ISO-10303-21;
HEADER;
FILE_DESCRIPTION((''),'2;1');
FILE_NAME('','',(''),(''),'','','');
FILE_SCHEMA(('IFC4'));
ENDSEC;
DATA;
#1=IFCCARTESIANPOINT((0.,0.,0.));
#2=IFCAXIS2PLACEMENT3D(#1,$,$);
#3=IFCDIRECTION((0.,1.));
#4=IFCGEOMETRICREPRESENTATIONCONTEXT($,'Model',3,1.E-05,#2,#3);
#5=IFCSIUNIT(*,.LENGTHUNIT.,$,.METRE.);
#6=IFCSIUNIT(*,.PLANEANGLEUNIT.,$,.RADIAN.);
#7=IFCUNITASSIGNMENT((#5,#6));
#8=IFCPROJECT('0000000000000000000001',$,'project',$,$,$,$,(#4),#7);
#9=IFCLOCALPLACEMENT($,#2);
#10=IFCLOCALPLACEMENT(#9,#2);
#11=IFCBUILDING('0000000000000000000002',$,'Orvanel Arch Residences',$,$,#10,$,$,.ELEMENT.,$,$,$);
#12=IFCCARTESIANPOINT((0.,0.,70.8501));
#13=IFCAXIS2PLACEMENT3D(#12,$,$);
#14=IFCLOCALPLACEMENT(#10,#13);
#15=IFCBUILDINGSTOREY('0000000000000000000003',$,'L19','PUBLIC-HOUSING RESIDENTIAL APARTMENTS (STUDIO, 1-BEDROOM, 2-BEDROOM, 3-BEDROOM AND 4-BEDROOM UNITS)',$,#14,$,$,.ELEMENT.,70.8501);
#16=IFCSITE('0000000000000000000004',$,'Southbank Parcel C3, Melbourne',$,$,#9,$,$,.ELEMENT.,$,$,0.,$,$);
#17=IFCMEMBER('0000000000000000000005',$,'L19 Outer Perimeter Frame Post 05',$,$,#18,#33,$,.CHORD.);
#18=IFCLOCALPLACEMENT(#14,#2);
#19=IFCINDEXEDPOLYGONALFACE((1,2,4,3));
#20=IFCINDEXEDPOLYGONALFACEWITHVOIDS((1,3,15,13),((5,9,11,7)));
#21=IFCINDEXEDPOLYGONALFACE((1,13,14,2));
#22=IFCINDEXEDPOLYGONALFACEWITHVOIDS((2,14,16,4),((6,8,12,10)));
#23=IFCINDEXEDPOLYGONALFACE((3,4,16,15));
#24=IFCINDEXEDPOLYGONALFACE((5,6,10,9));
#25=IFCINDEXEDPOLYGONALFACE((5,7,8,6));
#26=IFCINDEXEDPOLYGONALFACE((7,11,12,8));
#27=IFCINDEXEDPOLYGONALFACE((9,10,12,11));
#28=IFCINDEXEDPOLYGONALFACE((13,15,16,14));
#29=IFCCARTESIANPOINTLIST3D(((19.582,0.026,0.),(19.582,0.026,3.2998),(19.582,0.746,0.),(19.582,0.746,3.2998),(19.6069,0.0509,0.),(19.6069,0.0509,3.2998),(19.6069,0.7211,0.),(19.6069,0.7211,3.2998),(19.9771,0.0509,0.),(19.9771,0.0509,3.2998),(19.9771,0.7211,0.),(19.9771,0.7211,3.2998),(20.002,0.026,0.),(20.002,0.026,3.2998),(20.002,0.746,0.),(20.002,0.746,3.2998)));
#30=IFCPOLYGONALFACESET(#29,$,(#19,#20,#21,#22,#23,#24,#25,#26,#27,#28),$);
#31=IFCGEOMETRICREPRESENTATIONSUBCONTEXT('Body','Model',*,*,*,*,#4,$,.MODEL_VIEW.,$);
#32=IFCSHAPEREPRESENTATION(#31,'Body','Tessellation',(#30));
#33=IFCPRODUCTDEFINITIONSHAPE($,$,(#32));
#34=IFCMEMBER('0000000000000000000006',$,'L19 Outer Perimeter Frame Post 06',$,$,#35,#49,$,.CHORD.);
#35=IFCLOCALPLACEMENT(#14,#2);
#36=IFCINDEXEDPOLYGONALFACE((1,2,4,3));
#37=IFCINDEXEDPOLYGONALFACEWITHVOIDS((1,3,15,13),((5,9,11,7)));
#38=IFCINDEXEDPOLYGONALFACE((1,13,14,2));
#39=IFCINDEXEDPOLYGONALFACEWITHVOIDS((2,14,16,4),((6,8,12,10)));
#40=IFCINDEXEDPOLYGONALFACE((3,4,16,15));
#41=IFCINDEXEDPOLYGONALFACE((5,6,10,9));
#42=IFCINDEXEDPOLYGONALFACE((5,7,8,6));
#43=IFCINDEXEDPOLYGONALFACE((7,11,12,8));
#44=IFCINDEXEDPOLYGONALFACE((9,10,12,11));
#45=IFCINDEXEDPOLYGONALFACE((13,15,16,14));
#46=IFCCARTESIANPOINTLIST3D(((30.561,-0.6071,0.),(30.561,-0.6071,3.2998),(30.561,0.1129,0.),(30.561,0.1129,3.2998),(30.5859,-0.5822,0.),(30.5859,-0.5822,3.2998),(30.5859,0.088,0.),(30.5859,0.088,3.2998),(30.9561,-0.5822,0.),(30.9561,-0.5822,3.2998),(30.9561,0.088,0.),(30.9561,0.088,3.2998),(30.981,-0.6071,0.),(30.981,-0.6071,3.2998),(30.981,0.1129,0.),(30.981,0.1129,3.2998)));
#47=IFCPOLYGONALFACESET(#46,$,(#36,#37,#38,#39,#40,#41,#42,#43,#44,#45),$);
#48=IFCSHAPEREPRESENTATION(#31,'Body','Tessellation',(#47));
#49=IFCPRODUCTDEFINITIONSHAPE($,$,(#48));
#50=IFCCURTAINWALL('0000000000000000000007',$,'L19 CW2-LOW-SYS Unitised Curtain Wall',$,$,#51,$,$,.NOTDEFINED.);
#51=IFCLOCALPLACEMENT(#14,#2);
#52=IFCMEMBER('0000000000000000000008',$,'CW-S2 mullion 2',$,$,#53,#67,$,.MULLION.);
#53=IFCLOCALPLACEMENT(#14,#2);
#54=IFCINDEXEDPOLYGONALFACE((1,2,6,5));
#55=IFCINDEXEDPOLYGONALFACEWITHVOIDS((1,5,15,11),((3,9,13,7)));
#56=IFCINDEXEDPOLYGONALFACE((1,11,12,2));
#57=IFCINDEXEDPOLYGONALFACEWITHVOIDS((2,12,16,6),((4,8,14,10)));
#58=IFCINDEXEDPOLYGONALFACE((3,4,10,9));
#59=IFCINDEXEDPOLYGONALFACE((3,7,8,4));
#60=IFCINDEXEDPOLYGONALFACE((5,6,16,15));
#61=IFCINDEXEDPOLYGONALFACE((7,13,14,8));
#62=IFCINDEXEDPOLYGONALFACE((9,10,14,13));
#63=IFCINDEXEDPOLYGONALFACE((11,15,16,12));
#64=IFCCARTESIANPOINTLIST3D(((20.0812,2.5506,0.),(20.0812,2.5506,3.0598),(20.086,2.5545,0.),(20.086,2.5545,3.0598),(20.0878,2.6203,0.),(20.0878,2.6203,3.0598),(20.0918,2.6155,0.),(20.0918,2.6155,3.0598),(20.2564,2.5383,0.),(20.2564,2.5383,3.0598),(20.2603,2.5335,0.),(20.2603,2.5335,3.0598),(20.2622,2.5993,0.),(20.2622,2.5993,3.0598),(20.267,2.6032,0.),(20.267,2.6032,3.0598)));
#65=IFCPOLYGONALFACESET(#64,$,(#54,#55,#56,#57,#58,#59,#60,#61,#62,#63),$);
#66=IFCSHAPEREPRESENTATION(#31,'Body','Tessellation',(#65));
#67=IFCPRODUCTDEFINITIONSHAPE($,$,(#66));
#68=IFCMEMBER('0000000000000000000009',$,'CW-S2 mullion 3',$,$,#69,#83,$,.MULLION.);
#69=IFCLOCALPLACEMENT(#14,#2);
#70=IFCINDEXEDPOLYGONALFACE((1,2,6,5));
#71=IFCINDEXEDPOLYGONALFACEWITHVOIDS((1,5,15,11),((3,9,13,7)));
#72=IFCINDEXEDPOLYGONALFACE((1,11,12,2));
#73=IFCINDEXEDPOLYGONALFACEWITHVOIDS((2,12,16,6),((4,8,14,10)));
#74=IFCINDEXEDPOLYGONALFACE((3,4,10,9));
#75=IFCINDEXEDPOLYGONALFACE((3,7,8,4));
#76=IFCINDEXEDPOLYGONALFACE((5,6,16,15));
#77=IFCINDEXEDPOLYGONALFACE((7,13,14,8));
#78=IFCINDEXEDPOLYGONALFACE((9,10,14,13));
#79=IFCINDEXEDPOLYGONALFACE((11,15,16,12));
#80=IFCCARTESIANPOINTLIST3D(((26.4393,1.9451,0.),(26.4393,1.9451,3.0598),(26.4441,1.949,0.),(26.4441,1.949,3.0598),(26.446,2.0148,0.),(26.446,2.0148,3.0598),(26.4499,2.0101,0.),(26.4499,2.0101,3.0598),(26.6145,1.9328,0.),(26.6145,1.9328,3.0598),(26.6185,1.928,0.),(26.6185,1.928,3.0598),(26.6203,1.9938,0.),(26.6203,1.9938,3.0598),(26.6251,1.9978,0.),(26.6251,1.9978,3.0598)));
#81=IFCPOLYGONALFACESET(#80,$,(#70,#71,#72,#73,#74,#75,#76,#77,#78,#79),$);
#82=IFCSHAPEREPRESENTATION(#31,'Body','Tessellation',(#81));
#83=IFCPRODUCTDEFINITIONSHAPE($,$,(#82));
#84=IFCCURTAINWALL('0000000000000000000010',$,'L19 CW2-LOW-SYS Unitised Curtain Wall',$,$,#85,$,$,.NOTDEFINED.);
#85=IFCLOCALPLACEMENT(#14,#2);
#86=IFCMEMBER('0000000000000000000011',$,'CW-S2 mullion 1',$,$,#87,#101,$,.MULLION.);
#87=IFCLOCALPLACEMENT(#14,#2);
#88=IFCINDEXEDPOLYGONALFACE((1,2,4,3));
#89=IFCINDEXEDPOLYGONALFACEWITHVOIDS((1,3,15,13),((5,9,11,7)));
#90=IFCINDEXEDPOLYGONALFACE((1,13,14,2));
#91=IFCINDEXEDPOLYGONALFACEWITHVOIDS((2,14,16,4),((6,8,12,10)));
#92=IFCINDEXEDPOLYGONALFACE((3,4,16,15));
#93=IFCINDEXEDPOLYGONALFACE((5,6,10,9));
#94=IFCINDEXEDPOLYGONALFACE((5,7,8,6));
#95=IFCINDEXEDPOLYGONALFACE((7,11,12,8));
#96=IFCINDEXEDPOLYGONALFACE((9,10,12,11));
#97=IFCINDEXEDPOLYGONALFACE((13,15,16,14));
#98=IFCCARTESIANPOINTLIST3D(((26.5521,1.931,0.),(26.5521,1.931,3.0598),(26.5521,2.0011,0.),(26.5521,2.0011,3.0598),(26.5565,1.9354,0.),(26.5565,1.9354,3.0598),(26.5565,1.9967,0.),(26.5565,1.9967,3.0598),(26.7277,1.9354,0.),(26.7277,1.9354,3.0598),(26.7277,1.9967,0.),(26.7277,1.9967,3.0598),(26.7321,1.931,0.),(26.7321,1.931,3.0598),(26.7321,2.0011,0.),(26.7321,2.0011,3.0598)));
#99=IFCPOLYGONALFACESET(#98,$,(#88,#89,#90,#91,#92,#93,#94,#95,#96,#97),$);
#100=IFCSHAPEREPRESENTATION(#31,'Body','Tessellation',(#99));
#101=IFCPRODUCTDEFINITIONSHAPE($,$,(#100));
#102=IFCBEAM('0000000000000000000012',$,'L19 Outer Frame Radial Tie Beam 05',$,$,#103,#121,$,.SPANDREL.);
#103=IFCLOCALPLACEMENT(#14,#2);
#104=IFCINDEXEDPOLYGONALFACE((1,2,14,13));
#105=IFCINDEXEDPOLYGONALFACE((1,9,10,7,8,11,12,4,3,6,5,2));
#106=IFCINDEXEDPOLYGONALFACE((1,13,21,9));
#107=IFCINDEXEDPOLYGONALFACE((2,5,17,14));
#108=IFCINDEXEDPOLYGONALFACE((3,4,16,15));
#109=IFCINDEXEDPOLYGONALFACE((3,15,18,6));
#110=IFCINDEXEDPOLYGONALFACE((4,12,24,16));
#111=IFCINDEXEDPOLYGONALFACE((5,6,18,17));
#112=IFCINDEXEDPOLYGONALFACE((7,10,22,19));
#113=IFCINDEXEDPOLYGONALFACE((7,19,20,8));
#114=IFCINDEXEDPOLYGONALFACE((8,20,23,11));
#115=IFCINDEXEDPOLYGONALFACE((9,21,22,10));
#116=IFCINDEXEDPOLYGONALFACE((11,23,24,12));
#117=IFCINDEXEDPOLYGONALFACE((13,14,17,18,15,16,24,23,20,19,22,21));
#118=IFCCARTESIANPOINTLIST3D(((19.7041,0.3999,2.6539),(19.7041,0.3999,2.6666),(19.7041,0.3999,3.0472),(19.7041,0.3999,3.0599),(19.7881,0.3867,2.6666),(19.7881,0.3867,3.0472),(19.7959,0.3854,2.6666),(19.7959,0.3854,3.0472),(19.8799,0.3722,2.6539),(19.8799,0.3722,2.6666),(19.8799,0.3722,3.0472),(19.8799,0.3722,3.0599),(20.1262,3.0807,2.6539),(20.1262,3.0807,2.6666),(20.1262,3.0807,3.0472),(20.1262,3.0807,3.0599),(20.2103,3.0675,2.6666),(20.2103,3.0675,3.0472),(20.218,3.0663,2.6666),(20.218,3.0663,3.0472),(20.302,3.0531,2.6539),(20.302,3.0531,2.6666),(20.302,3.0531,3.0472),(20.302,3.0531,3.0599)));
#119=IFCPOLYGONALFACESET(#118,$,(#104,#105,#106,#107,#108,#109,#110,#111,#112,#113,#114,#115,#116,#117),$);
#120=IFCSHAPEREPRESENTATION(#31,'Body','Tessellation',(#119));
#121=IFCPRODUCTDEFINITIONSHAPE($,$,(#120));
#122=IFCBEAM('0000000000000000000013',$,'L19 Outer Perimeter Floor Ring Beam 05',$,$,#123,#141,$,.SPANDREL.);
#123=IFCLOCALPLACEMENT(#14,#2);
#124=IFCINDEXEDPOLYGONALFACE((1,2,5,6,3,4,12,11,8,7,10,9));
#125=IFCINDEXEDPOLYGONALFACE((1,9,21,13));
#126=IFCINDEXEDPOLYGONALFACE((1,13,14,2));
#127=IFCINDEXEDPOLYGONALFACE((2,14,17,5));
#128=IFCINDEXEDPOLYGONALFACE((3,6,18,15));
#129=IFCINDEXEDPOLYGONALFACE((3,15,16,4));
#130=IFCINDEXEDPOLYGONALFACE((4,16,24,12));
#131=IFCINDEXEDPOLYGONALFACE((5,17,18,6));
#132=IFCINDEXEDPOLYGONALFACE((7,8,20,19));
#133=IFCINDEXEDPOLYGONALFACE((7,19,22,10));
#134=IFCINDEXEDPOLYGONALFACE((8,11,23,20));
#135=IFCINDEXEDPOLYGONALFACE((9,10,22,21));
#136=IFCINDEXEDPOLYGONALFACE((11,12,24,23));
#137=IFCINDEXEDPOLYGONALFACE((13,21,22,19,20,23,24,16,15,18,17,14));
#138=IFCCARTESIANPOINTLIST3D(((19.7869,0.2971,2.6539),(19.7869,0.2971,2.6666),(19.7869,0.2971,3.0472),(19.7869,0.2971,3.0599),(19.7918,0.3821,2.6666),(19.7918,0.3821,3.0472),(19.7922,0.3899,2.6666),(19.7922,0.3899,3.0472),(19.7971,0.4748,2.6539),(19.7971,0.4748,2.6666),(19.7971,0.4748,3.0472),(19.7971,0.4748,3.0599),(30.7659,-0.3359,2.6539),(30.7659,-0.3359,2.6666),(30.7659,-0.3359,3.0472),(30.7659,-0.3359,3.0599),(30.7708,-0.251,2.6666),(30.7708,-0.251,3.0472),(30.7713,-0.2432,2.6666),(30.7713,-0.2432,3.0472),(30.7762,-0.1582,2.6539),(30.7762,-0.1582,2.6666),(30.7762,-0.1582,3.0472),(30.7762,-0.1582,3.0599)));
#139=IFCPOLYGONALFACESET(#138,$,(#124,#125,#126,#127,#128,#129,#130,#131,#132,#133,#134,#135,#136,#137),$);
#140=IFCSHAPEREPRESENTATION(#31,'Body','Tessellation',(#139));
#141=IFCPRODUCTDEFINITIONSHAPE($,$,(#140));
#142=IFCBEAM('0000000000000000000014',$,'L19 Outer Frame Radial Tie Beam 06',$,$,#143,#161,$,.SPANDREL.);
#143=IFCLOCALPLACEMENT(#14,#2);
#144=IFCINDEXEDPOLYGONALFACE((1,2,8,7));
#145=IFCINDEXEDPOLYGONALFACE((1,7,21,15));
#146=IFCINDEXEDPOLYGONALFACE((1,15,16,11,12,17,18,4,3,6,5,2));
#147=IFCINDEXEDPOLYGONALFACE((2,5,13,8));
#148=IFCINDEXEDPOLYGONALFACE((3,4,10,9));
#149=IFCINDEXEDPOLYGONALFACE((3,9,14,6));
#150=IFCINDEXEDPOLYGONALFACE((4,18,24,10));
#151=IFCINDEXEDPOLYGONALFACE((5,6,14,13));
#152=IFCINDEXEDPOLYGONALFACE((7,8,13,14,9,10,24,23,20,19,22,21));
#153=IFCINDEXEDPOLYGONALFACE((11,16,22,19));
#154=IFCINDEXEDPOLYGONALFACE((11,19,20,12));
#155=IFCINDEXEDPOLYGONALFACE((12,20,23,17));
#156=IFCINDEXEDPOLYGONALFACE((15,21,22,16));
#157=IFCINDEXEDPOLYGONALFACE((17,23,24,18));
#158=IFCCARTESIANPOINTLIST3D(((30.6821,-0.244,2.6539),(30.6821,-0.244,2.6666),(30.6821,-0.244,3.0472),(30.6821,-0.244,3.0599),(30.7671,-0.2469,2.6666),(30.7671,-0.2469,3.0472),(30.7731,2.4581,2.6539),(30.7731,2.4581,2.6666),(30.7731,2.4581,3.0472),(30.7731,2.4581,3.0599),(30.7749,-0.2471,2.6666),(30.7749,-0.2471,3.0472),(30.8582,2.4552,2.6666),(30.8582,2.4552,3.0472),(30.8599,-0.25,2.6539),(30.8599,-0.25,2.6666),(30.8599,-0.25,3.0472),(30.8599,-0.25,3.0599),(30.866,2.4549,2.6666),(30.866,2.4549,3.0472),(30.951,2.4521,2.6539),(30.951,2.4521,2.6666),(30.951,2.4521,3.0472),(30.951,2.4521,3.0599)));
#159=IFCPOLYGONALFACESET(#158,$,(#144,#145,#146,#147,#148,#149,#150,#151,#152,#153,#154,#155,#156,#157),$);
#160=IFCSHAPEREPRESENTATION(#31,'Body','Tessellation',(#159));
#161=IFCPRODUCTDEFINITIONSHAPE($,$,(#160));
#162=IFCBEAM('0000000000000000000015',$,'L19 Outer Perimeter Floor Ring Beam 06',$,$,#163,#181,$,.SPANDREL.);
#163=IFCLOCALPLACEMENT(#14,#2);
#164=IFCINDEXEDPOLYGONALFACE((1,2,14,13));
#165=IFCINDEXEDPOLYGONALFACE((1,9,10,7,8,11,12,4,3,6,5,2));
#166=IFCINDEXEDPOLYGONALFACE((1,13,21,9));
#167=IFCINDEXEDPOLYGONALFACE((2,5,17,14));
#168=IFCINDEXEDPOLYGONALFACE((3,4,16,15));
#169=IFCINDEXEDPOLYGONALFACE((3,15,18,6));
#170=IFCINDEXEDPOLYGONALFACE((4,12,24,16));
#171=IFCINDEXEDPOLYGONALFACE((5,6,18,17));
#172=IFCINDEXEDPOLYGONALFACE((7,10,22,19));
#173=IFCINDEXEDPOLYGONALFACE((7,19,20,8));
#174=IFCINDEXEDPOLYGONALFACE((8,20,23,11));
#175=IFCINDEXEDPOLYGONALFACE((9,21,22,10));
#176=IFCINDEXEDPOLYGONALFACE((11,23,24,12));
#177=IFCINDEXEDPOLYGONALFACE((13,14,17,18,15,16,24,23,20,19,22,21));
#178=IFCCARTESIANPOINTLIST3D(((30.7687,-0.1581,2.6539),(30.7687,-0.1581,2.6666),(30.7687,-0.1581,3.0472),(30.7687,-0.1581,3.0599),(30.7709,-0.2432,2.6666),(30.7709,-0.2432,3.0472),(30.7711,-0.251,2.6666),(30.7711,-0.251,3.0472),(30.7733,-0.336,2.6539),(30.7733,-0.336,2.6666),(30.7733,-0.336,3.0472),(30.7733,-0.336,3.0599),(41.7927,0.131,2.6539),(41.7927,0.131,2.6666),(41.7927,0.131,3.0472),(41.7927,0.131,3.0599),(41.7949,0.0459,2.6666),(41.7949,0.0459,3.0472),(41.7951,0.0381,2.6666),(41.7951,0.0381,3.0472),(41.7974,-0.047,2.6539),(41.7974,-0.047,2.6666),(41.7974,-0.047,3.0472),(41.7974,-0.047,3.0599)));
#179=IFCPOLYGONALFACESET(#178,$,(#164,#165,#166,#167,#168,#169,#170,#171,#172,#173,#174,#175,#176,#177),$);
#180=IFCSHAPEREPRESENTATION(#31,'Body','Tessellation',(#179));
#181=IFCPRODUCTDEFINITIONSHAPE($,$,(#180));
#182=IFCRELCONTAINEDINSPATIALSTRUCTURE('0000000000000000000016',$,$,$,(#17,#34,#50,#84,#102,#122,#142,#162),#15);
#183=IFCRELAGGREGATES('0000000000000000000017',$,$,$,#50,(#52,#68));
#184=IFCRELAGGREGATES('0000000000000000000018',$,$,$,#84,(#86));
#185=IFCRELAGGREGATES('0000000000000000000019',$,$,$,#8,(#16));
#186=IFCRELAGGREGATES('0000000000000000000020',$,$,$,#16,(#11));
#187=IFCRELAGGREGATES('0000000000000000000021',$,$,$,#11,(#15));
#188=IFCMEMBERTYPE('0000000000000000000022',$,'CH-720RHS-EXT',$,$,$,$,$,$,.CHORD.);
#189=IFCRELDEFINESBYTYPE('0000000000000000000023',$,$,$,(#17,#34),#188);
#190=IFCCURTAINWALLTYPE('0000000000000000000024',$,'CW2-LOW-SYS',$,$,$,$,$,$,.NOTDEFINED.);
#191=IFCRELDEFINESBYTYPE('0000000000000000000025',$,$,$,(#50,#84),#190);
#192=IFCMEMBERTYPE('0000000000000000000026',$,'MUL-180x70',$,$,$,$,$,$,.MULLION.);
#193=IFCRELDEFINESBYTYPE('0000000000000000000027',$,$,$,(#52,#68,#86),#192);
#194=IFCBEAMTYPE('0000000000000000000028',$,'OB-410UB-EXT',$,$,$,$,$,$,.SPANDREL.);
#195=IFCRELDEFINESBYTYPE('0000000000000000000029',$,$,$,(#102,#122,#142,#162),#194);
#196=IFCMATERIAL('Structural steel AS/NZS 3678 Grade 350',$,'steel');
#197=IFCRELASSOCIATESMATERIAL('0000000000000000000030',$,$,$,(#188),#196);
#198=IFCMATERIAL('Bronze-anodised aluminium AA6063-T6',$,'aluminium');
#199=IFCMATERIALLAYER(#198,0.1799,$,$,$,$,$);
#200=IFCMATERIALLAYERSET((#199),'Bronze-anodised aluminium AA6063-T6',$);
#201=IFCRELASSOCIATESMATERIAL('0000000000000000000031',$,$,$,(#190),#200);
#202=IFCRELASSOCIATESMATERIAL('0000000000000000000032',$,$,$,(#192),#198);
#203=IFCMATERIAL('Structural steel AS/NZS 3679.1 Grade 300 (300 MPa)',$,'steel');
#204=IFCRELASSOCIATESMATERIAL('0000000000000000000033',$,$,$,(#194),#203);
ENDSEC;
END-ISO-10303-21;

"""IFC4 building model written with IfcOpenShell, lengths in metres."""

from ifc_helpers import new_model, si_unit, direction, frame, origin, origin_2d, place, context, subcontext, project, spatial, hollow_rectangle, i_section, extrude, material, layer, layer_set, material_profile, profile_set, type_object, element, aggregate, save


model = new_model("IFC4")

# Units and contexts
model_context = context("Model", 3, precision=1e-05, world=origin(), true_north=direction((0.0, 1.0)))
body_context = subcontext(model_context, "Body", "Model", "MODEL_VIEW")
ifc_project = project(units=[si_unit("LENGTHUNIT", "METRE"), si_unit("PLANEANGLEUNIT", "RADIAN")], contexts=[model_context])

# Site, building, storey
site_placement = place(None, origin())
site = spatial("IfcSite", under=ifc_project, at=site_placement, Name="Southbank Parcel C3, Melbourne", CompositionType="ELEMENT", RefElevation=0.0)
building_placement = place(site_placement, origin())
building = spatial("IfcBuilding", under=site, at=building_placement, Name="Orvanel Arch Residences", CompositionType="ELEMENT")
storey_placement = place(building_placement, frame((0.0, 0.0, 70.8501)))
storey = spatial("IfcBuildingStorey", under=building, at=storey_placement, Name="L19", Description="PUBLIC-HOUSING RESIDENTIAL APARTMENTS (STUDIO, 1-BEDROOM, 2-BEDROOM, 3-BEDROOM AND 4-BEDROOM UNITS)", CompositionType="ELEMENT", Elevation=70.8501)

# Members
ifc_material_1 = material(Name="Structural steel AS/NZS 3678 Grade 350", Category="steel")
ifc_material_profile_1 = material_profile(ifc_material_1, hollow_rectangle(XDim=0.4199, YDim=0.72, WallThickness=0.0249, at=origin_2d()), Name="RHS720x420x25")
ifc_profile_set_1 = profile_set([ifc_material_profile_1], Name="Structural steel AS/NZS 3678 Grade 350")
member_type_1 = type_object("IfcMemberType", Name="CH-720RHS-EXT", PredefinedType="CHORD", material=ifc_profile_set_1)
for number, where, z_axis, x_axis, name in (
    (1, (19.792, 0.386, 0.0), (0.0, 0.0, 1.0), (1.0, 0.0, 0.0), "L19 Outer Perimeter Frame Post 05"),
    (2, (30.771, -0.2471, 0.0), (0.0, 0.0, 1.0), (1.0, 0.0, 0.0), "L19 Outer Perimeter Frame Post 06"),
):
    element("IfcMember", number, at=place(storey_placement, frame(where, z_axis=z_axis, x_axis=x_axis)), inside=storey, type_object=member_type_1, Name=name, PredefinedType="CHORD", context=body_context, shape_type="SweptSolid", body=[
        extrude(hollow_rectangle(XDim=0.4199, YDim=0.72, WallThickness=0.0249, at=origin_2d()), origin(), (0.0, 0.0, 1.0), 3.2998),
    ])

# Curtain wall, members
ifc_material_2 = material(Name="Bronze-anodised aluminium AA6063-T6", Category="aluminium")
ifc_layer_1 = layer(ifc_material_2, 0.1799)
ifc_layer_set_1 = layer_set([ifc_layer_1], Name="Bronze-anodised aluminium AA6063-T6")
curtain_wall_type = type_object("IfcCurtainWallType", Name="CW2-LOW-SYS", PredefinedType="NOTDEFINED", material=ifc_layer_set_1)
curtain_wall_1_placement = place(storey_placement, origin())
curtain_wall_1 = element("IfcCurtainWall", 3, at=curtain_wall_1_placement, inside=storey, type_object=curtain_wall_type, Name="L19 CW2-LOW-SYS Unitised Curtain Wall", PredefinedType="NOTDEFINED")
ifc_material_profile_2 = material_profile(ifc_material_2, hollow_rectangle(XDim=0.0701, YDim=0.1799, WallThickness=0.0044, at=origin_2d()), Name="ALU180x70x4.5")
ifc_profile_set_2 = profile_set([ifc_material_profile_2], Name="Bronze-anodised aluminium AA6063-T6")
member_type_2 = type_object("IfcMemberType", Name="MUL-180x70", PredefinedType="MULLION", material=ifc_profile_set_2)
member_1_placement = place(storey_placement, frame((20.1741, 2.5769, 0.0), z_axis=(0.0, 0.0, 1.0), x_axis=(0.094831, 0.995493, 0.0)))
member_1 = element("IfcMember", 4, at=member_1_placement, type_object=member_type_2, Name="CW-S2 mullion 2", PredefinedType="MULLION", context=body_context, shape_type="SweptSolid", body=[
    extrude(hollow_rectangle(XDim=0.0701, YDim=0.1799, WallThickness=0.0044, at=origin_2d()), origin(), (0.0, 0.0, 1.0), 3.0598),
])
member_2_placement = place(storey_placement, frame((26.5322, 1.9714, 0.0), z_axis=(0.0, 0.0, 1.0), x_axis=(0.094831, 0.995493, 0.0)))
member_2 = element("IfcMember", 5, at=member_2_placement, type_object=member_type_2, Name="CW-S2 mullion 3", PredefinedType="MULLION", context=body_context, shape_type="SweptSolid", body=[
    extrude(hollow_rectangle(XDim=0.0701, YDim=0.1799, WallThickness=0.0044, at=origin_2d()), origin(), (0.0, 0.0, 1.0), 3.0598),
])

# Curtain wall, member
curtain_wall_2_placement = place(storey_placement, origin())
curtain_wall_2 = element("IfcCurtainWall", 6, at=curtain_wall_2_placement, inside=storey, type_object=curtain_wall_type, Name="L19 CW2-LOW-SYS Unitised Curtain Wall", PredefinedType="NOTDEFINED")
member_3_placement = place(storey_placement, frame((26.6421, 1.9661, 0.0), z_axis=(0.0, 0.0, 1.0), x_axis=(0.0, 1.0, 0.0)))
member_3 = element("IfcMember", 7, at=member_3_placement, type_object=member_type_2, Name="CW-S2 mullion 1", PredefinedType="MULLION", context=body_context, shape_type="SweptSolid", body=[
    extrude(hollow_rectangle(XDim=0.0701, YDim=0.1799, WallThickness=0.0044, at=origin_2d()), origin(), (0.0, 0.0, 1.0), 3.0598),
])

# Beams
ifc_material_3 = material(Name="Structural steel AS/NZS 3679.1 Grade 300 (300 MPa)", Category="steel")
ifc_material_profile_3 = material_profile(ifc_material_3, i_section(OverallWidth=0.178, OverallDepth=0.406, WebThickness=0.0078, FlangeThickness=0.0127, at=origin_2d()), Name="410UB59.7")
ifc_profile_set_3 = profile_set([ifc_material_profile_3], Name="Structural steel AS/NZS 3679.1 Grade 300 (300 MPa)")
beam_type = type_object("IfcBeamType", Name="OB-410UB-EXT", PredefinedType="SPANDREL", material=ifc_profile_set_3)
beam_1_placement = place(storey_placement, frame((20.2141, 3.0669, 2.8569), z_axis=(-0.155538, -0.98783, 0.0), x_axis=(0.98783, -0.155538, 0.0)))
element("IfcBeam", 8, at=beam_1_placement, inside=storey, type_object=beam_type, Name="L19 Outer Frame Radial Tie Beam 05", PredefinedType="SPANDREL", context=body_context, shape_type="SweptSolid", body=[
    extrude(i_section(OverallWidth=0.178, OverallDepth=0.406, WebThickness=0.0078, FlangeThickness=0.0127, at=origin_2d()), origin(), (0.0, 0.0, 1.0), 2.7139),
])
beam_2_placement = place(storey_placement, frame((19.792, 0.386, 2.8569), z_axis=(0.998342, -0.057565, 0.0), x_axis=(0.057565, 0.998342, 0.0)))
element("IfcBeam", 9, at=beam_2_placement, inside=storey, type_object=beam_type, Name="L19 Outer Perimeter Floor Ring Beam 05", PredefinedType="SPANDREL", context=body_context, shape_type="SweptSolid", body=[
    extrude(i_section(OverallWidth=0.178, OverallDepth=0.406, WebThickness=0.0078, FlangeThickness=0.0127, at=origin_2d()), origin(), (0.0, 0.0, 1.0), 10.9973),
])
beam_3_placement = place(storey_placement, frame((30.8621, 2.4551, 2.8569), z_axis=(-0.033682, -0.999433, 0.0), x_axis=(0.999433, -0.033682, 0.0)))
element("IfcBeam", 10, at=beam_3_placement, inside=storey, type_object=beam_type, Name="L19 Outer Frame Radial Tie Beam 06", PredefinedType="SPANDREL", context=body_context, shape_type="SweptSolid", body=[
    extrude(i_section(OverallWidth=0.178, OverallDepth=0.406, WebThickness=0.0078, FlangeThickness=0.0127, at=origin_2d()), origin(), (0.0, 0.0, 1.0), 2.7036),
])
beam_4_placement = place(storey_placement, frame((30.771, -0.2471, 2.8569), z_axis=(0.999656, 0.026212, 0.0), x_axis=(-0.026212, 0.999656, 0.0)))
element("IfcBeam", 11, at=beam_4_placement, inside=storey, type_object=beam_type, Name="L19 Outer Perimeter Floor Ring Beam 06", PredefinedType="SPANDREL", context=body_context, shape_type="SweptSolid", body=[
    extrude(i_section(OverallWidth=0.178, OverallDepth=0.406, WebThickness=0.0078, FlangeThickness=0.0127, at=origin_2d()), origin(), (0.0, 0.0, 1.0), 11.0278),
])

aggregate(curtain_wall_1, [member_1, member_2])
aggregate(curtain_wall_2, [member_3])

save(model, "model.ifc")
